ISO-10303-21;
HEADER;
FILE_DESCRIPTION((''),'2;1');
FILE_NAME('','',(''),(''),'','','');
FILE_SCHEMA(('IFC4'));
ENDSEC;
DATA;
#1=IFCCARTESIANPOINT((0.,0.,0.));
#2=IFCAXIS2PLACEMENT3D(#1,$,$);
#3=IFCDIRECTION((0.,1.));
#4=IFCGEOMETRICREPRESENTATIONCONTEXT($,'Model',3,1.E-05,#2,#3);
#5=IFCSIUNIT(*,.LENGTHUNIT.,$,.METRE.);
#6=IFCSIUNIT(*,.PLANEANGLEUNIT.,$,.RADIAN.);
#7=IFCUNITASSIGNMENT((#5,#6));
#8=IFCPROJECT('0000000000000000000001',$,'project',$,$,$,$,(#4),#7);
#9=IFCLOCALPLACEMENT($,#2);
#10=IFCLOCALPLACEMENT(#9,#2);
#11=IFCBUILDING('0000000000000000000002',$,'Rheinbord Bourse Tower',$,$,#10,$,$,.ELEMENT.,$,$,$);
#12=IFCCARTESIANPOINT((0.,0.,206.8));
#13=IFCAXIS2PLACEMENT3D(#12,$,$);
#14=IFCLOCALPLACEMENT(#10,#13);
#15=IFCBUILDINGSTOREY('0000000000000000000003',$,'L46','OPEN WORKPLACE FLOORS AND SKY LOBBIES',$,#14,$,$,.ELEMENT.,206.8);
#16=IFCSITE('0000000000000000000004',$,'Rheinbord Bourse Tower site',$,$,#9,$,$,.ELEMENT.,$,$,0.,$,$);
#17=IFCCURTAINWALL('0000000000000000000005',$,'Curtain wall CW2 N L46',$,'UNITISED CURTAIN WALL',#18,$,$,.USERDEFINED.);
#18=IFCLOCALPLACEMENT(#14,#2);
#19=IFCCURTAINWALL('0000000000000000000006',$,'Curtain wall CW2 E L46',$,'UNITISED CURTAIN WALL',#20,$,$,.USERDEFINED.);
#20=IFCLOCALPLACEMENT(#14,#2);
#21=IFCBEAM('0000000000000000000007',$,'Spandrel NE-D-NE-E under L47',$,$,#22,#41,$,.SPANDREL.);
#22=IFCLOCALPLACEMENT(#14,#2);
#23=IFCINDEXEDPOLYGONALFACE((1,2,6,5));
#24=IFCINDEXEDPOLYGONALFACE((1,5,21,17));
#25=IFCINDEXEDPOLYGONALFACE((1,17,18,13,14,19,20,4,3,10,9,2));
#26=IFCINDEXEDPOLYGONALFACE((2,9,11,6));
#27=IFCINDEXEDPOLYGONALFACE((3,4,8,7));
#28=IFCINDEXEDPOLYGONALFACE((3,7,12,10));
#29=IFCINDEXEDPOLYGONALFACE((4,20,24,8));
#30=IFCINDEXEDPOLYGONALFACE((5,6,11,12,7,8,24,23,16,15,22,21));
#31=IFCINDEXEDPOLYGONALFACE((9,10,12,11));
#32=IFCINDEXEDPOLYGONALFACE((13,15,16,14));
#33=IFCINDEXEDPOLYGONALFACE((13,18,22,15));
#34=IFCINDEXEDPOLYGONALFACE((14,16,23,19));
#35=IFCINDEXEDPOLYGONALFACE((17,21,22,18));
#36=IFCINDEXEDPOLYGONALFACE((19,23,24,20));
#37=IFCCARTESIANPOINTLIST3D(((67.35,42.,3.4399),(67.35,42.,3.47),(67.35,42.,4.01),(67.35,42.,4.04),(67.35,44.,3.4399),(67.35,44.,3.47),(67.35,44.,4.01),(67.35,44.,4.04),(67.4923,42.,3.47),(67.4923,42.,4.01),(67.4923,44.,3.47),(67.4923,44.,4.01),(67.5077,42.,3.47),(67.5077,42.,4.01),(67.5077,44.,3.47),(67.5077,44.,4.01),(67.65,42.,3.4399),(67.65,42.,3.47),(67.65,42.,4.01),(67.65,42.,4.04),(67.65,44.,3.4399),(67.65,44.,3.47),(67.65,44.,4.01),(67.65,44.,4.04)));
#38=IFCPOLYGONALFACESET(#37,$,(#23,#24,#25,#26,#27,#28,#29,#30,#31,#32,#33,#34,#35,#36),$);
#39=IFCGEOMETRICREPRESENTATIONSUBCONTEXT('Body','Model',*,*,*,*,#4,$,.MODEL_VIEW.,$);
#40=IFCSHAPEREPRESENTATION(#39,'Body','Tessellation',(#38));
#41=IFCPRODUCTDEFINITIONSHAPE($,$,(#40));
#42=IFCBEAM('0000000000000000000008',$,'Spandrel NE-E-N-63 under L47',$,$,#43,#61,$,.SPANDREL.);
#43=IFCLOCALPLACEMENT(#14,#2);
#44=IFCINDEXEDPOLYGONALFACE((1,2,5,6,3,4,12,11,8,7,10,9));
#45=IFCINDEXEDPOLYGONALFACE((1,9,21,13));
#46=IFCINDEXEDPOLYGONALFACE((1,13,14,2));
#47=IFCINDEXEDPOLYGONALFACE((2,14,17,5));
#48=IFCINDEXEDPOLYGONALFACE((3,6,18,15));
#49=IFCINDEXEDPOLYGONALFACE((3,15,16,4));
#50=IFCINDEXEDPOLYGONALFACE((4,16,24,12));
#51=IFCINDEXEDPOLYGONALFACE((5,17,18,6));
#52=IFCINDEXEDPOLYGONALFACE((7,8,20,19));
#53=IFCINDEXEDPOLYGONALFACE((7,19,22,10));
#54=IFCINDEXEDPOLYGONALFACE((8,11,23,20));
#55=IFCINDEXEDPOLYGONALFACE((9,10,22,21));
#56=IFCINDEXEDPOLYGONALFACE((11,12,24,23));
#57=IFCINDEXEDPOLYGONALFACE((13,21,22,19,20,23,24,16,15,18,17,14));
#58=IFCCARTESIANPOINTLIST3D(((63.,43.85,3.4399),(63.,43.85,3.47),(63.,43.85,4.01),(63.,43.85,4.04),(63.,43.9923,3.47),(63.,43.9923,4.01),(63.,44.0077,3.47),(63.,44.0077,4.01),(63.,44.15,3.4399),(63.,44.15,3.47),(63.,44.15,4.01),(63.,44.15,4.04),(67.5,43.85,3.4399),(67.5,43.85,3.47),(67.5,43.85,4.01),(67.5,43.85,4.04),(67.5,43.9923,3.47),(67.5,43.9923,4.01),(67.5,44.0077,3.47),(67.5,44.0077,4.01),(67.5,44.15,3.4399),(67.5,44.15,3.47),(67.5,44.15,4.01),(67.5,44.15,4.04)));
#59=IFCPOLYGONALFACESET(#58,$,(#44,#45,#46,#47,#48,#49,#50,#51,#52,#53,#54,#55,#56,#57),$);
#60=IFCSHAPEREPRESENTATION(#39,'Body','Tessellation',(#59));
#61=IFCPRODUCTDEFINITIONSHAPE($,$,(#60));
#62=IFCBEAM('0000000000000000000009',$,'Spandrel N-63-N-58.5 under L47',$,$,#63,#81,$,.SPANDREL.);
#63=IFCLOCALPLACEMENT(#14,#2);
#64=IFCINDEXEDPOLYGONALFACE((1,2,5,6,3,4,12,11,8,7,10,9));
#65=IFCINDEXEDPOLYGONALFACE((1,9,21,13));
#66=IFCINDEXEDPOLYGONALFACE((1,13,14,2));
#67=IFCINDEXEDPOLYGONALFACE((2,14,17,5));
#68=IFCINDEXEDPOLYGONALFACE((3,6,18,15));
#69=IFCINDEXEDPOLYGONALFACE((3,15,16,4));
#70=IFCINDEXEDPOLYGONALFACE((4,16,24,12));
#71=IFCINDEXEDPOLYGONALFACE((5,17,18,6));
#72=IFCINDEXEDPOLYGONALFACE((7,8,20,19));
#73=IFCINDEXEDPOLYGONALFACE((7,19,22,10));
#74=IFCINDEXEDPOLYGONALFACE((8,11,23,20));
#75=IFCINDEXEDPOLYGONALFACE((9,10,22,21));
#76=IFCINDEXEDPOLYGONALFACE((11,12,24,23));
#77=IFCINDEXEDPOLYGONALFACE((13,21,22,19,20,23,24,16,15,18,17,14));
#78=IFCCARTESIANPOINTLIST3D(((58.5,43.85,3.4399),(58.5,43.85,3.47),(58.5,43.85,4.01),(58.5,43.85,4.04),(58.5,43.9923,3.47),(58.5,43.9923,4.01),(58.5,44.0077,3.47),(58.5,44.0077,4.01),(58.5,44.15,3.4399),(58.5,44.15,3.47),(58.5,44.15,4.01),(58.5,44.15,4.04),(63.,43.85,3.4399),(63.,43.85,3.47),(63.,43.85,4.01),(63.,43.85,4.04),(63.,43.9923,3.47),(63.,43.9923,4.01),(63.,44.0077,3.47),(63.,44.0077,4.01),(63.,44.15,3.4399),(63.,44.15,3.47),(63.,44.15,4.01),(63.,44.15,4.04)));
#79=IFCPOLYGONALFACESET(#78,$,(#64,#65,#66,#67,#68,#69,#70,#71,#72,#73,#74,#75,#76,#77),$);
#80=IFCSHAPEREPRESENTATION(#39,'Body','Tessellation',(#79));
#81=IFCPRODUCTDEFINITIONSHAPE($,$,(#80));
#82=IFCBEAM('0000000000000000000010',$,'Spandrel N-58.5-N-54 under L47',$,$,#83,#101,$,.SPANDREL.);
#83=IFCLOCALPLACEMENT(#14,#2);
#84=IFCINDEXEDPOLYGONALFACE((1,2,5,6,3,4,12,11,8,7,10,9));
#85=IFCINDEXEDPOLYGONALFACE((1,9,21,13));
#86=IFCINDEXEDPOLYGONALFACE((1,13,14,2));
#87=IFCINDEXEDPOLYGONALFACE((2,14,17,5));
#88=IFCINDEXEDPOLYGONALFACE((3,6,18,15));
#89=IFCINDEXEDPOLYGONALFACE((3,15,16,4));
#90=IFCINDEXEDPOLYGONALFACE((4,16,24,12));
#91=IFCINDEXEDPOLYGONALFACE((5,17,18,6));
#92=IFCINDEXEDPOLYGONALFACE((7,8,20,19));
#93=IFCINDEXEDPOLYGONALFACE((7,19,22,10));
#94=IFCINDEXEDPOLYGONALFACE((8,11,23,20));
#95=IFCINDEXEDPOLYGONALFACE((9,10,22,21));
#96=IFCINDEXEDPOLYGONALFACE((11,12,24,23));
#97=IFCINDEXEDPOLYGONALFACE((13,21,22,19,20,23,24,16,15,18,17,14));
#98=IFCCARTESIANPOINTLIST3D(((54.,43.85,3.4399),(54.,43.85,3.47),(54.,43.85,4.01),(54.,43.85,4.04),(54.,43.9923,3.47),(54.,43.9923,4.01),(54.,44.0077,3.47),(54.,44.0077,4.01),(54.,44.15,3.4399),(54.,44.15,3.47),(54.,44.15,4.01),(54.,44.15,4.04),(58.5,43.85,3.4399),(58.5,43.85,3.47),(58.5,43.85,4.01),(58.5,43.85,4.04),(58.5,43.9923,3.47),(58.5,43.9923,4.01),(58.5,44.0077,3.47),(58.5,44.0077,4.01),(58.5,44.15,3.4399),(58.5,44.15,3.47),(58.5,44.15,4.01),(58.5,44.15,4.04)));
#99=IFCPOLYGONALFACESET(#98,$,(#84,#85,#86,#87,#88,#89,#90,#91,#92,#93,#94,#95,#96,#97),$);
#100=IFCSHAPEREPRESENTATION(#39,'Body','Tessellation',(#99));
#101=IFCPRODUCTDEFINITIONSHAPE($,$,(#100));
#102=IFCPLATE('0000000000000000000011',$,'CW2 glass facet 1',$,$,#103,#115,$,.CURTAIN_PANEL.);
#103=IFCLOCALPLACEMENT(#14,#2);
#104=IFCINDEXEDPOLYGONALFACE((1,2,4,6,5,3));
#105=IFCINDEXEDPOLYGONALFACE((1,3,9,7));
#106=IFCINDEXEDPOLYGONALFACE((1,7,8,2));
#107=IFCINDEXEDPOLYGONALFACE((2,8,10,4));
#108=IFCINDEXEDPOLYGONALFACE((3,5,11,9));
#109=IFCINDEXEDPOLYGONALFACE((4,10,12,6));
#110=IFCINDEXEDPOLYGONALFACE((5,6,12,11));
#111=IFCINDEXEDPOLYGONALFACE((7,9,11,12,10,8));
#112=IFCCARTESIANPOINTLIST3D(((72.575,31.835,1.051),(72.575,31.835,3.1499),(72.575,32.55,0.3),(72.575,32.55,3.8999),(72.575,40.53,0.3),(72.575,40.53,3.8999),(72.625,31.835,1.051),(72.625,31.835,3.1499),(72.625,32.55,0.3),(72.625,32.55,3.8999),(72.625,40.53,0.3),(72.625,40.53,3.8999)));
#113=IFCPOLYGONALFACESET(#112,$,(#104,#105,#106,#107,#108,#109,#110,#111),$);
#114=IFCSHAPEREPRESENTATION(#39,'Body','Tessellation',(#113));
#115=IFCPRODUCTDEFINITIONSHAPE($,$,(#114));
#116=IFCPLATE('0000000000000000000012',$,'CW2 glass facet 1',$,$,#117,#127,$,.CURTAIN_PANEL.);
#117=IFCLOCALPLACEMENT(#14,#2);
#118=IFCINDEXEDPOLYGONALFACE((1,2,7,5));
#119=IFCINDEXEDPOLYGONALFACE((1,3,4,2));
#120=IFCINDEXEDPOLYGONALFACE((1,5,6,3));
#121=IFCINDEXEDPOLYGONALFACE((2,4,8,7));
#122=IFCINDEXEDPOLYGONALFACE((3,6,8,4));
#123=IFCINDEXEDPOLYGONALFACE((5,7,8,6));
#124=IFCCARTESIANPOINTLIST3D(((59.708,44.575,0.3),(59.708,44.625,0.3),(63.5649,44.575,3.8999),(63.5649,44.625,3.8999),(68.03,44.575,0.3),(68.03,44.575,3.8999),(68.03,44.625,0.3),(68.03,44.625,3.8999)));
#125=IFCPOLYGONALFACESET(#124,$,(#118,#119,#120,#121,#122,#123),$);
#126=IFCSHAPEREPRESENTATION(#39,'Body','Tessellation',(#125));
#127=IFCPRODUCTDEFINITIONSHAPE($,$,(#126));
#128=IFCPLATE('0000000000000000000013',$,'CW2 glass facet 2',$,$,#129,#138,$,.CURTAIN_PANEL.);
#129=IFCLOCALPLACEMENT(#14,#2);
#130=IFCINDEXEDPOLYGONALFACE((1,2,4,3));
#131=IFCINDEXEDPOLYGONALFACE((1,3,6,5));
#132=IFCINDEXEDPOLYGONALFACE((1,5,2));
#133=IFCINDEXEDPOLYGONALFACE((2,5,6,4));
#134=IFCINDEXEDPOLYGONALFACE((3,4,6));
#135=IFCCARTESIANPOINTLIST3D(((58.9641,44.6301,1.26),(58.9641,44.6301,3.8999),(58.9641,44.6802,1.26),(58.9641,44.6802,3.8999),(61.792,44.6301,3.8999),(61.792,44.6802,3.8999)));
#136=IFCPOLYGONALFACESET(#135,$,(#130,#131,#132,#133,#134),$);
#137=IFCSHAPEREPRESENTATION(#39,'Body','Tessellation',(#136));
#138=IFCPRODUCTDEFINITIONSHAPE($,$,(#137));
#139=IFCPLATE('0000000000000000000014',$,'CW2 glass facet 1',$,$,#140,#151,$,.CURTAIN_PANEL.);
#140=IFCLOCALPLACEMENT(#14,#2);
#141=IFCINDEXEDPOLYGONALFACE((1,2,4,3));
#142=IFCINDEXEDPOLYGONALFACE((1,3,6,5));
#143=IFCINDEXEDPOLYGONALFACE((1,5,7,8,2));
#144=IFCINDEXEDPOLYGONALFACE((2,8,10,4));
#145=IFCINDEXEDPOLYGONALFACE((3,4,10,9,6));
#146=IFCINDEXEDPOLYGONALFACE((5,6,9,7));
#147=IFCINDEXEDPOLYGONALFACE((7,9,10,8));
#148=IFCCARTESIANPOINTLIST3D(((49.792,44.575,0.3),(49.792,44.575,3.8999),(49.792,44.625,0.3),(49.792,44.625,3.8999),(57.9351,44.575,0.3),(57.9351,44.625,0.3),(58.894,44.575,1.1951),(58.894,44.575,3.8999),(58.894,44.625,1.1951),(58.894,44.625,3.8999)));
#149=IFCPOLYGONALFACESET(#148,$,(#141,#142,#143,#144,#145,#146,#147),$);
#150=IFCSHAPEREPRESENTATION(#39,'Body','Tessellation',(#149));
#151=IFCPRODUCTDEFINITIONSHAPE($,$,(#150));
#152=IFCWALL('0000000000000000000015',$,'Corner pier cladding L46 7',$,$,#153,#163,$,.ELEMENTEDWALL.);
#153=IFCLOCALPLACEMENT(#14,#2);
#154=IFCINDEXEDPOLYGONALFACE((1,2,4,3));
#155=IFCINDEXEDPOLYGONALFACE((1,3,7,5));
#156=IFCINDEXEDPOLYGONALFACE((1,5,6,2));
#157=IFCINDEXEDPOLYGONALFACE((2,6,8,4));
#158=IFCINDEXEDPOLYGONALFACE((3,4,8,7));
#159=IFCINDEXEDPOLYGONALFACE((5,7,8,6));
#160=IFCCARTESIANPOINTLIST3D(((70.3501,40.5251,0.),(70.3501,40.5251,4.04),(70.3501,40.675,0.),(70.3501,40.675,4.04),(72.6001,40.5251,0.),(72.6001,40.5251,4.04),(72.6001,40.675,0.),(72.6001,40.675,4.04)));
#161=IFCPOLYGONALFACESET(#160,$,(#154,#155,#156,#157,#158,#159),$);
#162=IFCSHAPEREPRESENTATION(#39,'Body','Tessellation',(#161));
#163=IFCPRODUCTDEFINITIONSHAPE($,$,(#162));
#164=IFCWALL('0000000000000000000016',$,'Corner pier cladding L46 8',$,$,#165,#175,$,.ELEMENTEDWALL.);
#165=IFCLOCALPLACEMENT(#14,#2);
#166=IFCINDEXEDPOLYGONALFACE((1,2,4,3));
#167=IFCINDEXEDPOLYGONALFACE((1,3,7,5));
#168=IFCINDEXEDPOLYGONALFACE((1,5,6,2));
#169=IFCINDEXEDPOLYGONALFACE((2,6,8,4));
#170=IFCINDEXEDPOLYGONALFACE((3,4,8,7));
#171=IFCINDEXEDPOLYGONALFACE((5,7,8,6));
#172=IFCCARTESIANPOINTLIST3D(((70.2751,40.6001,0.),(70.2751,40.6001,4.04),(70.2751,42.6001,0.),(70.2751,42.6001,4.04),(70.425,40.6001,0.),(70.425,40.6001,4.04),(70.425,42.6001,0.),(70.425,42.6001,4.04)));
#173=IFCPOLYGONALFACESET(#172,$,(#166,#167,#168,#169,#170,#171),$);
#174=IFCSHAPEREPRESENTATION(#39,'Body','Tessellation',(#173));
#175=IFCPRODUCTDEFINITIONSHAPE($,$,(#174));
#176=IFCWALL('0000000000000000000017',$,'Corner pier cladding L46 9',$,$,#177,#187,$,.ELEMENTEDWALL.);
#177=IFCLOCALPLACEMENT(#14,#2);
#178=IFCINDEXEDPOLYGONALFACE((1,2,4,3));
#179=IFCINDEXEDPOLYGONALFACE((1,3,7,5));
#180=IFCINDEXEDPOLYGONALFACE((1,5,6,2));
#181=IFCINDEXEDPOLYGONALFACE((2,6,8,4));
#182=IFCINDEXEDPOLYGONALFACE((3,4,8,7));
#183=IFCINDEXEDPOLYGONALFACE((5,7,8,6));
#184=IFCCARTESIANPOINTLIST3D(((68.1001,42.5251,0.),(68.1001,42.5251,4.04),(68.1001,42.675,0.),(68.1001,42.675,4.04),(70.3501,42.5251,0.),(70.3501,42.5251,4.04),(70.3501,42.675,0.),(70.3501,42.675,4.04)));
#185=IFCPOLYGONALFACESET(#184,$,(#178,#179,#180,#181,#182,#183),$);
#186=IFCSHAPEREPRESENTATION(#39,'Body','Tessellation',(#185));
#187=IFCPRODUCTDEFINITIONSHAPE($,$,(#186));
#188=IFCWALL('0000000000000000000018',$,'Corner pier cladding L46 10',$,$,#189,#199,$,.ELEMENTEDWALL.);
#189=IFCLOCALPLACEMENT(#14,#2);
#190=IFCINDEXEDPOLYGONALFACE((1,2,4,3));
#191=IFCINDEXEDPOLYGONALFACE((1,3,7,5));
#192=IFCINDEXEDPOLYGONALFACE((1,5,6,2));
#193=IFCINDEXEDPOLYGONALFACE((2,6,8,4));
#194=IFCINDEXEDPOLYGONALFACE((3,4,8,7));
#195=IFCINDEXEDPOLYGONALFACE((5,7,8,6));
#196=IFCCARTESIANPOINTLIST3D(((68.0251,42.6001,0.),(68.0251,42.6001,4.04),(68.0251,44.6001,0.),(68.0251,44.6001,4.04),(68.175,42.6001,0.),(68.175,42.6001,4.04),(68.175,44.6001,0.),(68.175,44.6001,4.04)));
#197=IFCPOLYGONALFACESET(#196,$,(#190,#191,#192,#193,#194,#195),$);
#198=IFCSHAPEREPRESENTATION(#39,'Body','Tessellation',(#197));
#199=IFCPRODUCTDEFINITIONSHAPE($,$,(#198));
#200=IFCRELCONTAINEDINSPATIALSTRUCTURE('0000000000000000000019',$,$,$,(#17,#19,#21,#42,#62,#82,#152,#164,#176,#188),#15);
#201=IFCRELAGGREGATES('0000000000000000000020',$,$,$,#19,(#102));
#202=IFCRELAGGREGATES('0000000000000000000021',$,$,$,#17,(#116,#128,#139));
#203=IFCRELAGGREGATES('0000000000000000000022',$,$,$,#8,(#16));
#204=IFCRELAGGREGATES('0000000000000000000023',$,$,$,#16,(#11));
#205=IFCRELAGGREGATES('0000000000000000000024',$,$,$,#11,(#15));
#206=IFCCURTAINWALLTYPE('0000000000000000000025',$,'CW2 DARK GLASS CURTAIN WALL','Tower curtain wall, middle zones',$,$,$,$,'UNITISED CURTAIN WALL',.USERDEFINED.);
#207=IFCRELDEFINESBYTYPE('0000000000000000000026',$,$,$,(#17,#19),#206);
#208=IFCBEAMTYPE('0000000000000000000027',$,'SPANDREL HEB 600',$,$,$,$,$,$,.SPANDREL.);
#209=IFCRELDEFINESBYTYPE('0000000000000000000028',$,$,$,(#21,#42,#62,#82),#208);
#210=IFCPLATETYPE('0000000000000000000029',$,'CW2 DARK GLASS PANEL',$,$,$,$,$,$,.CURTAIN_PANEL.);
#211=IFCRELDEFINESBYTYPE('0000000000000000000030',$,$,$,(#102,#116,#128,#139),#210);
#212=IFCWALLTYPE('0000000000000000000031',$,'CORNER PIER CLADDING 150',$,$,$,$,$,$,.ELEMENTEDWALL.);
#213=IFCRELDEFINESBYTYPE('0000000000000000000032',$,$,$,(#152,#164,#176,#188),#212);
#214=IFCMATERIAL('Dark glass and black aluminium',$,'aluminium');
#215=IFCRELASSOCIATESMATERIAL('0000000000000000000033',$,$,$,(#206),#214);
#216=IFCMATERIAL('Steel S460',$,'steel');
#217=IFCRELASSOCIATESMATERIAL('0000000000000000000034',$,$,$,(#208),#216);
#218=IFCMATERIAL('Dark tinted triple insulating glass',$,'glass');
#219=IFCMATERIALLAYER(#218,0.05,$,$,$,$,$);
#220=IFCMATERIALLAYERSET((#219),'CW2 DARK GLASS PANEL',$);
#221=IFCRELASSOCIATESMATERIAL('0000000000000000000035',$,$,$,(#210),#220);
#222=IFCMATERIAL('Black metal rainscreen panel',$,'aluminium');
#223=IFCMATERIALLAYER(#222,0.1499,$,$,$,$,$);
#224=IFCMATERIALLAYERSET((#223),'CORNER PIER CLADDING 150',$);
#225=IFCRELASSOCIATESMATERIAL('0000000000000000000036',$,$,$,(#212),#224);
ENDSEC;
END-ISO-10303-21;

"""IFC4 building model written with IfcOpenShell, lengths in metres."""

from ifc_helpers import new_model, si_unit, direction, frame, frame_2d, origin, origin_2d, place, context, subcontext, project, spatial, polyline, rectangle, i_section, outline, extrude, material, layer, layer_set, material_profile, profile_set, type_object, element, aggregate, save


model = new_model("IFC4")

# Units and contexts
model_context = context("Model", 3, precision=1e-05, world=origin(), true_north=direction((0.0, 1.0)))
body_context = subcontext(model_context, "Body", "Model", "MODEL_VIEW")
ifc_project = project(units=[si_unit("LENGTHUNIT", "METRE"), si_unit("PLANEANGLEUNIT", "RADIAN")], contexts=[model_context])

# Site, building, storey
site_placement = place(None, origin())
site = spatial("IfcSite", under=ifc_project, at=site_placement, Name="Rheinbord Bourse Tower site", CompositionType="ELEMENT", RefElevation=0.0)
building_placement = place(site_placement, origin())
building = spatial("IfcBuilding", under=site, at=building_placement, Name="Rheinbord Bourse Tower", CompositionType="ELEMENT")
storey_placement = place(building_placement, frame((0.0, 0.0, 206.8)))
storey = spatial("IfcBuildingStorey", under=building, at=storey_placement, Name="L46", Description="OPEN WORKPLACE FLOORS AND SKY LOBBIES", CompositionType="ELEMENT", Elevation=206.8)

# Curtain walls
ifc_material_1 = material(Name="Dark glass and black aluminium", Category="aluminium")
curtain_wall_type = type_object("IfcCurtainWallType", Name="CW2 DARK GLASS CURTAIN WALL", Description="Tower curtain wall, middle zones", ElementType="UNITISED CURTAIN WALL", PredefinedType="USERDEFINED", material=ifc_material_1)
curtain_wall_1_placement = place(storey_placement, origin())
curtain_wall_1 = element("IfcCurtainWall", 1, at=curtain_wall_1_placement, inside=storey, type_object=curtain_wall_type, Name="Curtain wall CW2 N L46", ObjectType="UNITISED CURTAIN WALL", PredefinedType="USERDEFINED")
curtain_wall_2_placement = place(storey_placement, origin())
curtain_wall_2 = element("IfcCurtainWall", 2, at=curtain_wall_2_placement, inside=storey, type_object=curtain_wall_type, Name="Curtain wall CW2 E L46", ObjectType="UNITISED CURTAIN WALL", PredefinedType="USERDEFINED")

# Beams
ifc_material_2 = material(Name="Steel S460", Category="steel")
ifc_material_profile_1 = material_profile(ifc_material_2, i_section(OverallWidth=0.3, OverallDepth=0.6001, WebThickness=0.0154, FlangeThickness=0.03, at=origin_2d()), Name="HEB 600")
ifc_profile_set_1 = profile_set([ifc_material_profile_1], Name="Steel S460")
beam_type_1 = type_object("IfcBeamType", Name="SPANDREL HEB 600", PredefinedType="SPANDREL", material=ifc_profile_set_1)
beam_placement = place(storey_placement, frame((67.5, 42.0, 3.74), z_axis=(0.0, 1.0, 0.0), x_axis=(-1.0, 0.0, 0.0)))
element("IfcBeam", 3, at=beam_placement, inside=storey, type_object=beam_type_1, Name="Spandrel NE-D-NE-E under L47", PredefinedType="SPANDREL", context=body_context, shape_type="SweptSolid", body=[
    extrude(i_section(OverallWidth=0.3, OverallDepth=0.6001, WebThickness=0.0154, FlangeThickness=0.03, at=origin_2d()), origin(), (0.0, 0.0, 1.0), 2.0),
])
for number, where, z_axis, x_axis, name in (
    (4, (67.5, 44.0, 3.74), (-1.0, 0.0, 0.0), (0.0, -1.0, 0.0), "Spandrel NE-E-N-63 under L47"),
    (5, (63.0, 44.0, 3.74), (-1.0, 0.0, 0.0), (0.0, -1.0, 0.0), "Spandrel N-63-N-58.5 under L47"),
    (6, (58.5, 44.0, 3.74), (-1.0, 0.0, 0.0), (0.0, -1.0, 0.0), "Spandrel N-58.5-N-54 under L47"),
):
    element("IfcBeam", number, at=place(storey_placement, frame(where, z_axis=z_axis, x_axis=x_axis)), inside=storey, type_object=beam_type_1, Name=name, PredefinedType="SPANDREL", context=body_context, shape_type="SweptSolid", body=[
        extrude(i_section(OverallWidth=0.3, OverallDepth=0.6001, WebThickness=0.0154, FlangeThickness=0.03, at=origin_2d()), origin(), (0.0, 0.0, 1.0), 4.5),
    ])

# Plates
ifc_material_3 = material(Name="Dark tinted triple insulating glass", Category="glass")
ifc_layer_1 = layer(ifc_material_3, 0.05)
ifc_layer_set_1 = layer_set([ifc_layer_1], Name="CW2 DARK GLASS PANEL")
plate_type = type_object("IfcPlateType", Name="CW2 DARK GLASS PANEL", PredefinedType="CURTAIN_PANEL", material=ifc_layer_set_1)
plate_1_placement = place(storey_placement, frame((72.625, 40.53, 3.8999), z_axis=(-1.0, 0.0, 0.0), x_axis=(0.0, 0.0, -1.0)))
plate_1 = element("IfcPlate", 7, at=plate_1_placement, type_object=plate_type, Name="CW2 glass facet 1", PredefinedType="CURTAIN_PANEL", context=body_context, shape_type="SweptSolid", body=[
    extrude(outline(polyline([(0.0, 0.0), (3.5999, 0.0), (3.5999, 7.98), (2.8489, 8.6951), (0.75, 8.6951), (0.0, 7.98), (0.0, 0.0)])), origin(), (0.0, 0.0, 1.0), 0.05),
])
aggregate(curtain_wall_2, [plate_1])
plate_2_placement = place(storey_placement, frame((68.03, 44.625, 0.3), z_axis=(0.0, -1.0, 0.0), x_axis=(0.0, 0.0, 1.0)))
plate_2 = element("IfcPlate", 8, at=plate_2_placement, type_object=plate_type, Name="CW2 glass facet 1", PredefinedType="CURTAIN_PANEL", context=body_context, shape_type="SweptSolid", body=[
    extrude(outline(polyline([(0.0, 0.0), (3.5999, 0.0), (3.5999, 4.4651), (0.0, 8.322), (0.0, 0.0)])), origin(), (0.0, 0.0, 1.0), 0.05),
])
plate_3_placement = place(storey_placement, frame((58.9641, 44.6802, 3.8999), z_axis=(0.0, -1.0, 0.0), x_axis=(0.0, 0.0, -1.0)))
plate_3 = element("IfcPlate", 9, at=plate_3_placement, type_object=plate_type, Name="CW2 glass facet 2", PredefinedType="CURTAIN_PANEL", context=body_context, shape_type="SweptSolid", body=[
    extrude(outline(polyline([(0.0, 0.0), (2.6399, 0.0), (0.0, 2.8279), (0.0, 0.0)])), origin(), (0.0, 0.0, 1.0), 0.05),
])
plate_4_placement = place(storey_placement, frame((58.894, 44.625, 3.8999), z_axis=(0.0, -1.0, 0.0), x_axis=(-1.0, 0.0, 0.0)))
plate_4 = element("IfcPlate", 10, at=plate_4_placement, type_object=plate_type, Name="CW2 glass facet 1", PredefinedType="CURTAIN_PANEL", context=body_context, shape_type="SweptSolid", body=[
    extrude(outline(polyline([(0.0, 0.0), (9.1021, 0.0), (9.1021, 3.5999), (0.959, 3.5999), (0.0, 2.7048), (0.0, 0.0)])), origin(), (0.0, 0.0, 1.0), 0.05),
])
aggregate(curtain_wall_1, [plate_2, plate_3, plate_4])

# Walls
ifc_material_4 = material(Name="Black metal rainscreen panel", Category="aluminium")
ifc_layer_2 = layer(ifc_material_4, 0.1499)
ifc_layer_set_2 = layer_set([ifc_layer_2], Name="CORNER PIER CLADDING 150")
wall_type = type_object("IfcWallType", Name="CORNER PIER CLADDING 150", PredefinedType="ELEMENTEDWALL", material=ifc_layer_set_2)
wall_1_placement = place(storey_placement, frame((72.6001, 40.6001, 0.0), z_axis=(0.0, 0.0, 1.0), x_axis=(-1.0, 0.0, 0.0)))
element("IfcWall", 11, at=wall_1_placement, inside=storey, type_object=wall_type, Name="Corner pier cladding L46 7", PredefinedType="ELEMENTEDWALL", context=body_context, shape_type="SweptSolid", body=[
    extrude(rectangle(XDim=2.25, YDim=0.1499, at=frame_2d((1.125, 0.0))), origin(), (0.0, 0.0, 1.0), 4.04),
])
wall_2_placement = place(storey_placement, frame((70.3501, 40.6001, 0.0), z_axis=(0.0, 0.0, 1.0), x_axis=(0.0, 1.0, 0.0)))
element("IfcWall", 12, at=wall_2_placement, inside=storey, type_object=wall_type, Name="Corner pier cladding L46 8", PredefinedType="ELEMENTEDWALL", context=body_context, shape_type="SweptSolid", body=[
    extrude(rectangle(XDim=2.0, YDim=0.1499, at=frame_2d((1.0, 0.0))), origin(), (0.0, 0.0, 1.0), 4.04),
])
wall_3_placement = place(storey_placement, frame((70.3501, 42.6001, 0.0), z_axis=(0.0, 0.0, 1.0), x_axis=(-1.0, 0.0, 0.0)))
element("IfcWall", 13, at=wall_3_placement, inside=storey, type_object=wall_type, Name="Corner pier cladding L46 9", PredefinedType="ELEMENTEDWALL", context=body_context, shape_type="SweptSolid", body=[
    extrude(rectangle(XDim=2.25, YDim=0.1499, at=frame_2d((1.125, 0.0))), origin(), (0.0, 0.0, 1.0), 4.04),
])
wall_4_placement = place(storey_placement, frame((68.1001, 42.6001, 0.0), z_axis=(0.0, 0.0, 1.0), x_axis=(0.0, 1.0, 0.0)))
element("IfcWall", 14, at=wall_4_placement, inside=storey, type_object=wall_type, Name="Corner pier cladding L46 10", PredefinedType="ELEMENTEDWALL", context=body_context, shape_type="SweptSolid", body=[
    extrude(rectangle(XDim=2.0, YDim=0.1499, at=frame_2d((1.0, 0.0))), origin(), (0.0, 0.0, 1.0), 4.04),
])

save(model, "model.ifc")
